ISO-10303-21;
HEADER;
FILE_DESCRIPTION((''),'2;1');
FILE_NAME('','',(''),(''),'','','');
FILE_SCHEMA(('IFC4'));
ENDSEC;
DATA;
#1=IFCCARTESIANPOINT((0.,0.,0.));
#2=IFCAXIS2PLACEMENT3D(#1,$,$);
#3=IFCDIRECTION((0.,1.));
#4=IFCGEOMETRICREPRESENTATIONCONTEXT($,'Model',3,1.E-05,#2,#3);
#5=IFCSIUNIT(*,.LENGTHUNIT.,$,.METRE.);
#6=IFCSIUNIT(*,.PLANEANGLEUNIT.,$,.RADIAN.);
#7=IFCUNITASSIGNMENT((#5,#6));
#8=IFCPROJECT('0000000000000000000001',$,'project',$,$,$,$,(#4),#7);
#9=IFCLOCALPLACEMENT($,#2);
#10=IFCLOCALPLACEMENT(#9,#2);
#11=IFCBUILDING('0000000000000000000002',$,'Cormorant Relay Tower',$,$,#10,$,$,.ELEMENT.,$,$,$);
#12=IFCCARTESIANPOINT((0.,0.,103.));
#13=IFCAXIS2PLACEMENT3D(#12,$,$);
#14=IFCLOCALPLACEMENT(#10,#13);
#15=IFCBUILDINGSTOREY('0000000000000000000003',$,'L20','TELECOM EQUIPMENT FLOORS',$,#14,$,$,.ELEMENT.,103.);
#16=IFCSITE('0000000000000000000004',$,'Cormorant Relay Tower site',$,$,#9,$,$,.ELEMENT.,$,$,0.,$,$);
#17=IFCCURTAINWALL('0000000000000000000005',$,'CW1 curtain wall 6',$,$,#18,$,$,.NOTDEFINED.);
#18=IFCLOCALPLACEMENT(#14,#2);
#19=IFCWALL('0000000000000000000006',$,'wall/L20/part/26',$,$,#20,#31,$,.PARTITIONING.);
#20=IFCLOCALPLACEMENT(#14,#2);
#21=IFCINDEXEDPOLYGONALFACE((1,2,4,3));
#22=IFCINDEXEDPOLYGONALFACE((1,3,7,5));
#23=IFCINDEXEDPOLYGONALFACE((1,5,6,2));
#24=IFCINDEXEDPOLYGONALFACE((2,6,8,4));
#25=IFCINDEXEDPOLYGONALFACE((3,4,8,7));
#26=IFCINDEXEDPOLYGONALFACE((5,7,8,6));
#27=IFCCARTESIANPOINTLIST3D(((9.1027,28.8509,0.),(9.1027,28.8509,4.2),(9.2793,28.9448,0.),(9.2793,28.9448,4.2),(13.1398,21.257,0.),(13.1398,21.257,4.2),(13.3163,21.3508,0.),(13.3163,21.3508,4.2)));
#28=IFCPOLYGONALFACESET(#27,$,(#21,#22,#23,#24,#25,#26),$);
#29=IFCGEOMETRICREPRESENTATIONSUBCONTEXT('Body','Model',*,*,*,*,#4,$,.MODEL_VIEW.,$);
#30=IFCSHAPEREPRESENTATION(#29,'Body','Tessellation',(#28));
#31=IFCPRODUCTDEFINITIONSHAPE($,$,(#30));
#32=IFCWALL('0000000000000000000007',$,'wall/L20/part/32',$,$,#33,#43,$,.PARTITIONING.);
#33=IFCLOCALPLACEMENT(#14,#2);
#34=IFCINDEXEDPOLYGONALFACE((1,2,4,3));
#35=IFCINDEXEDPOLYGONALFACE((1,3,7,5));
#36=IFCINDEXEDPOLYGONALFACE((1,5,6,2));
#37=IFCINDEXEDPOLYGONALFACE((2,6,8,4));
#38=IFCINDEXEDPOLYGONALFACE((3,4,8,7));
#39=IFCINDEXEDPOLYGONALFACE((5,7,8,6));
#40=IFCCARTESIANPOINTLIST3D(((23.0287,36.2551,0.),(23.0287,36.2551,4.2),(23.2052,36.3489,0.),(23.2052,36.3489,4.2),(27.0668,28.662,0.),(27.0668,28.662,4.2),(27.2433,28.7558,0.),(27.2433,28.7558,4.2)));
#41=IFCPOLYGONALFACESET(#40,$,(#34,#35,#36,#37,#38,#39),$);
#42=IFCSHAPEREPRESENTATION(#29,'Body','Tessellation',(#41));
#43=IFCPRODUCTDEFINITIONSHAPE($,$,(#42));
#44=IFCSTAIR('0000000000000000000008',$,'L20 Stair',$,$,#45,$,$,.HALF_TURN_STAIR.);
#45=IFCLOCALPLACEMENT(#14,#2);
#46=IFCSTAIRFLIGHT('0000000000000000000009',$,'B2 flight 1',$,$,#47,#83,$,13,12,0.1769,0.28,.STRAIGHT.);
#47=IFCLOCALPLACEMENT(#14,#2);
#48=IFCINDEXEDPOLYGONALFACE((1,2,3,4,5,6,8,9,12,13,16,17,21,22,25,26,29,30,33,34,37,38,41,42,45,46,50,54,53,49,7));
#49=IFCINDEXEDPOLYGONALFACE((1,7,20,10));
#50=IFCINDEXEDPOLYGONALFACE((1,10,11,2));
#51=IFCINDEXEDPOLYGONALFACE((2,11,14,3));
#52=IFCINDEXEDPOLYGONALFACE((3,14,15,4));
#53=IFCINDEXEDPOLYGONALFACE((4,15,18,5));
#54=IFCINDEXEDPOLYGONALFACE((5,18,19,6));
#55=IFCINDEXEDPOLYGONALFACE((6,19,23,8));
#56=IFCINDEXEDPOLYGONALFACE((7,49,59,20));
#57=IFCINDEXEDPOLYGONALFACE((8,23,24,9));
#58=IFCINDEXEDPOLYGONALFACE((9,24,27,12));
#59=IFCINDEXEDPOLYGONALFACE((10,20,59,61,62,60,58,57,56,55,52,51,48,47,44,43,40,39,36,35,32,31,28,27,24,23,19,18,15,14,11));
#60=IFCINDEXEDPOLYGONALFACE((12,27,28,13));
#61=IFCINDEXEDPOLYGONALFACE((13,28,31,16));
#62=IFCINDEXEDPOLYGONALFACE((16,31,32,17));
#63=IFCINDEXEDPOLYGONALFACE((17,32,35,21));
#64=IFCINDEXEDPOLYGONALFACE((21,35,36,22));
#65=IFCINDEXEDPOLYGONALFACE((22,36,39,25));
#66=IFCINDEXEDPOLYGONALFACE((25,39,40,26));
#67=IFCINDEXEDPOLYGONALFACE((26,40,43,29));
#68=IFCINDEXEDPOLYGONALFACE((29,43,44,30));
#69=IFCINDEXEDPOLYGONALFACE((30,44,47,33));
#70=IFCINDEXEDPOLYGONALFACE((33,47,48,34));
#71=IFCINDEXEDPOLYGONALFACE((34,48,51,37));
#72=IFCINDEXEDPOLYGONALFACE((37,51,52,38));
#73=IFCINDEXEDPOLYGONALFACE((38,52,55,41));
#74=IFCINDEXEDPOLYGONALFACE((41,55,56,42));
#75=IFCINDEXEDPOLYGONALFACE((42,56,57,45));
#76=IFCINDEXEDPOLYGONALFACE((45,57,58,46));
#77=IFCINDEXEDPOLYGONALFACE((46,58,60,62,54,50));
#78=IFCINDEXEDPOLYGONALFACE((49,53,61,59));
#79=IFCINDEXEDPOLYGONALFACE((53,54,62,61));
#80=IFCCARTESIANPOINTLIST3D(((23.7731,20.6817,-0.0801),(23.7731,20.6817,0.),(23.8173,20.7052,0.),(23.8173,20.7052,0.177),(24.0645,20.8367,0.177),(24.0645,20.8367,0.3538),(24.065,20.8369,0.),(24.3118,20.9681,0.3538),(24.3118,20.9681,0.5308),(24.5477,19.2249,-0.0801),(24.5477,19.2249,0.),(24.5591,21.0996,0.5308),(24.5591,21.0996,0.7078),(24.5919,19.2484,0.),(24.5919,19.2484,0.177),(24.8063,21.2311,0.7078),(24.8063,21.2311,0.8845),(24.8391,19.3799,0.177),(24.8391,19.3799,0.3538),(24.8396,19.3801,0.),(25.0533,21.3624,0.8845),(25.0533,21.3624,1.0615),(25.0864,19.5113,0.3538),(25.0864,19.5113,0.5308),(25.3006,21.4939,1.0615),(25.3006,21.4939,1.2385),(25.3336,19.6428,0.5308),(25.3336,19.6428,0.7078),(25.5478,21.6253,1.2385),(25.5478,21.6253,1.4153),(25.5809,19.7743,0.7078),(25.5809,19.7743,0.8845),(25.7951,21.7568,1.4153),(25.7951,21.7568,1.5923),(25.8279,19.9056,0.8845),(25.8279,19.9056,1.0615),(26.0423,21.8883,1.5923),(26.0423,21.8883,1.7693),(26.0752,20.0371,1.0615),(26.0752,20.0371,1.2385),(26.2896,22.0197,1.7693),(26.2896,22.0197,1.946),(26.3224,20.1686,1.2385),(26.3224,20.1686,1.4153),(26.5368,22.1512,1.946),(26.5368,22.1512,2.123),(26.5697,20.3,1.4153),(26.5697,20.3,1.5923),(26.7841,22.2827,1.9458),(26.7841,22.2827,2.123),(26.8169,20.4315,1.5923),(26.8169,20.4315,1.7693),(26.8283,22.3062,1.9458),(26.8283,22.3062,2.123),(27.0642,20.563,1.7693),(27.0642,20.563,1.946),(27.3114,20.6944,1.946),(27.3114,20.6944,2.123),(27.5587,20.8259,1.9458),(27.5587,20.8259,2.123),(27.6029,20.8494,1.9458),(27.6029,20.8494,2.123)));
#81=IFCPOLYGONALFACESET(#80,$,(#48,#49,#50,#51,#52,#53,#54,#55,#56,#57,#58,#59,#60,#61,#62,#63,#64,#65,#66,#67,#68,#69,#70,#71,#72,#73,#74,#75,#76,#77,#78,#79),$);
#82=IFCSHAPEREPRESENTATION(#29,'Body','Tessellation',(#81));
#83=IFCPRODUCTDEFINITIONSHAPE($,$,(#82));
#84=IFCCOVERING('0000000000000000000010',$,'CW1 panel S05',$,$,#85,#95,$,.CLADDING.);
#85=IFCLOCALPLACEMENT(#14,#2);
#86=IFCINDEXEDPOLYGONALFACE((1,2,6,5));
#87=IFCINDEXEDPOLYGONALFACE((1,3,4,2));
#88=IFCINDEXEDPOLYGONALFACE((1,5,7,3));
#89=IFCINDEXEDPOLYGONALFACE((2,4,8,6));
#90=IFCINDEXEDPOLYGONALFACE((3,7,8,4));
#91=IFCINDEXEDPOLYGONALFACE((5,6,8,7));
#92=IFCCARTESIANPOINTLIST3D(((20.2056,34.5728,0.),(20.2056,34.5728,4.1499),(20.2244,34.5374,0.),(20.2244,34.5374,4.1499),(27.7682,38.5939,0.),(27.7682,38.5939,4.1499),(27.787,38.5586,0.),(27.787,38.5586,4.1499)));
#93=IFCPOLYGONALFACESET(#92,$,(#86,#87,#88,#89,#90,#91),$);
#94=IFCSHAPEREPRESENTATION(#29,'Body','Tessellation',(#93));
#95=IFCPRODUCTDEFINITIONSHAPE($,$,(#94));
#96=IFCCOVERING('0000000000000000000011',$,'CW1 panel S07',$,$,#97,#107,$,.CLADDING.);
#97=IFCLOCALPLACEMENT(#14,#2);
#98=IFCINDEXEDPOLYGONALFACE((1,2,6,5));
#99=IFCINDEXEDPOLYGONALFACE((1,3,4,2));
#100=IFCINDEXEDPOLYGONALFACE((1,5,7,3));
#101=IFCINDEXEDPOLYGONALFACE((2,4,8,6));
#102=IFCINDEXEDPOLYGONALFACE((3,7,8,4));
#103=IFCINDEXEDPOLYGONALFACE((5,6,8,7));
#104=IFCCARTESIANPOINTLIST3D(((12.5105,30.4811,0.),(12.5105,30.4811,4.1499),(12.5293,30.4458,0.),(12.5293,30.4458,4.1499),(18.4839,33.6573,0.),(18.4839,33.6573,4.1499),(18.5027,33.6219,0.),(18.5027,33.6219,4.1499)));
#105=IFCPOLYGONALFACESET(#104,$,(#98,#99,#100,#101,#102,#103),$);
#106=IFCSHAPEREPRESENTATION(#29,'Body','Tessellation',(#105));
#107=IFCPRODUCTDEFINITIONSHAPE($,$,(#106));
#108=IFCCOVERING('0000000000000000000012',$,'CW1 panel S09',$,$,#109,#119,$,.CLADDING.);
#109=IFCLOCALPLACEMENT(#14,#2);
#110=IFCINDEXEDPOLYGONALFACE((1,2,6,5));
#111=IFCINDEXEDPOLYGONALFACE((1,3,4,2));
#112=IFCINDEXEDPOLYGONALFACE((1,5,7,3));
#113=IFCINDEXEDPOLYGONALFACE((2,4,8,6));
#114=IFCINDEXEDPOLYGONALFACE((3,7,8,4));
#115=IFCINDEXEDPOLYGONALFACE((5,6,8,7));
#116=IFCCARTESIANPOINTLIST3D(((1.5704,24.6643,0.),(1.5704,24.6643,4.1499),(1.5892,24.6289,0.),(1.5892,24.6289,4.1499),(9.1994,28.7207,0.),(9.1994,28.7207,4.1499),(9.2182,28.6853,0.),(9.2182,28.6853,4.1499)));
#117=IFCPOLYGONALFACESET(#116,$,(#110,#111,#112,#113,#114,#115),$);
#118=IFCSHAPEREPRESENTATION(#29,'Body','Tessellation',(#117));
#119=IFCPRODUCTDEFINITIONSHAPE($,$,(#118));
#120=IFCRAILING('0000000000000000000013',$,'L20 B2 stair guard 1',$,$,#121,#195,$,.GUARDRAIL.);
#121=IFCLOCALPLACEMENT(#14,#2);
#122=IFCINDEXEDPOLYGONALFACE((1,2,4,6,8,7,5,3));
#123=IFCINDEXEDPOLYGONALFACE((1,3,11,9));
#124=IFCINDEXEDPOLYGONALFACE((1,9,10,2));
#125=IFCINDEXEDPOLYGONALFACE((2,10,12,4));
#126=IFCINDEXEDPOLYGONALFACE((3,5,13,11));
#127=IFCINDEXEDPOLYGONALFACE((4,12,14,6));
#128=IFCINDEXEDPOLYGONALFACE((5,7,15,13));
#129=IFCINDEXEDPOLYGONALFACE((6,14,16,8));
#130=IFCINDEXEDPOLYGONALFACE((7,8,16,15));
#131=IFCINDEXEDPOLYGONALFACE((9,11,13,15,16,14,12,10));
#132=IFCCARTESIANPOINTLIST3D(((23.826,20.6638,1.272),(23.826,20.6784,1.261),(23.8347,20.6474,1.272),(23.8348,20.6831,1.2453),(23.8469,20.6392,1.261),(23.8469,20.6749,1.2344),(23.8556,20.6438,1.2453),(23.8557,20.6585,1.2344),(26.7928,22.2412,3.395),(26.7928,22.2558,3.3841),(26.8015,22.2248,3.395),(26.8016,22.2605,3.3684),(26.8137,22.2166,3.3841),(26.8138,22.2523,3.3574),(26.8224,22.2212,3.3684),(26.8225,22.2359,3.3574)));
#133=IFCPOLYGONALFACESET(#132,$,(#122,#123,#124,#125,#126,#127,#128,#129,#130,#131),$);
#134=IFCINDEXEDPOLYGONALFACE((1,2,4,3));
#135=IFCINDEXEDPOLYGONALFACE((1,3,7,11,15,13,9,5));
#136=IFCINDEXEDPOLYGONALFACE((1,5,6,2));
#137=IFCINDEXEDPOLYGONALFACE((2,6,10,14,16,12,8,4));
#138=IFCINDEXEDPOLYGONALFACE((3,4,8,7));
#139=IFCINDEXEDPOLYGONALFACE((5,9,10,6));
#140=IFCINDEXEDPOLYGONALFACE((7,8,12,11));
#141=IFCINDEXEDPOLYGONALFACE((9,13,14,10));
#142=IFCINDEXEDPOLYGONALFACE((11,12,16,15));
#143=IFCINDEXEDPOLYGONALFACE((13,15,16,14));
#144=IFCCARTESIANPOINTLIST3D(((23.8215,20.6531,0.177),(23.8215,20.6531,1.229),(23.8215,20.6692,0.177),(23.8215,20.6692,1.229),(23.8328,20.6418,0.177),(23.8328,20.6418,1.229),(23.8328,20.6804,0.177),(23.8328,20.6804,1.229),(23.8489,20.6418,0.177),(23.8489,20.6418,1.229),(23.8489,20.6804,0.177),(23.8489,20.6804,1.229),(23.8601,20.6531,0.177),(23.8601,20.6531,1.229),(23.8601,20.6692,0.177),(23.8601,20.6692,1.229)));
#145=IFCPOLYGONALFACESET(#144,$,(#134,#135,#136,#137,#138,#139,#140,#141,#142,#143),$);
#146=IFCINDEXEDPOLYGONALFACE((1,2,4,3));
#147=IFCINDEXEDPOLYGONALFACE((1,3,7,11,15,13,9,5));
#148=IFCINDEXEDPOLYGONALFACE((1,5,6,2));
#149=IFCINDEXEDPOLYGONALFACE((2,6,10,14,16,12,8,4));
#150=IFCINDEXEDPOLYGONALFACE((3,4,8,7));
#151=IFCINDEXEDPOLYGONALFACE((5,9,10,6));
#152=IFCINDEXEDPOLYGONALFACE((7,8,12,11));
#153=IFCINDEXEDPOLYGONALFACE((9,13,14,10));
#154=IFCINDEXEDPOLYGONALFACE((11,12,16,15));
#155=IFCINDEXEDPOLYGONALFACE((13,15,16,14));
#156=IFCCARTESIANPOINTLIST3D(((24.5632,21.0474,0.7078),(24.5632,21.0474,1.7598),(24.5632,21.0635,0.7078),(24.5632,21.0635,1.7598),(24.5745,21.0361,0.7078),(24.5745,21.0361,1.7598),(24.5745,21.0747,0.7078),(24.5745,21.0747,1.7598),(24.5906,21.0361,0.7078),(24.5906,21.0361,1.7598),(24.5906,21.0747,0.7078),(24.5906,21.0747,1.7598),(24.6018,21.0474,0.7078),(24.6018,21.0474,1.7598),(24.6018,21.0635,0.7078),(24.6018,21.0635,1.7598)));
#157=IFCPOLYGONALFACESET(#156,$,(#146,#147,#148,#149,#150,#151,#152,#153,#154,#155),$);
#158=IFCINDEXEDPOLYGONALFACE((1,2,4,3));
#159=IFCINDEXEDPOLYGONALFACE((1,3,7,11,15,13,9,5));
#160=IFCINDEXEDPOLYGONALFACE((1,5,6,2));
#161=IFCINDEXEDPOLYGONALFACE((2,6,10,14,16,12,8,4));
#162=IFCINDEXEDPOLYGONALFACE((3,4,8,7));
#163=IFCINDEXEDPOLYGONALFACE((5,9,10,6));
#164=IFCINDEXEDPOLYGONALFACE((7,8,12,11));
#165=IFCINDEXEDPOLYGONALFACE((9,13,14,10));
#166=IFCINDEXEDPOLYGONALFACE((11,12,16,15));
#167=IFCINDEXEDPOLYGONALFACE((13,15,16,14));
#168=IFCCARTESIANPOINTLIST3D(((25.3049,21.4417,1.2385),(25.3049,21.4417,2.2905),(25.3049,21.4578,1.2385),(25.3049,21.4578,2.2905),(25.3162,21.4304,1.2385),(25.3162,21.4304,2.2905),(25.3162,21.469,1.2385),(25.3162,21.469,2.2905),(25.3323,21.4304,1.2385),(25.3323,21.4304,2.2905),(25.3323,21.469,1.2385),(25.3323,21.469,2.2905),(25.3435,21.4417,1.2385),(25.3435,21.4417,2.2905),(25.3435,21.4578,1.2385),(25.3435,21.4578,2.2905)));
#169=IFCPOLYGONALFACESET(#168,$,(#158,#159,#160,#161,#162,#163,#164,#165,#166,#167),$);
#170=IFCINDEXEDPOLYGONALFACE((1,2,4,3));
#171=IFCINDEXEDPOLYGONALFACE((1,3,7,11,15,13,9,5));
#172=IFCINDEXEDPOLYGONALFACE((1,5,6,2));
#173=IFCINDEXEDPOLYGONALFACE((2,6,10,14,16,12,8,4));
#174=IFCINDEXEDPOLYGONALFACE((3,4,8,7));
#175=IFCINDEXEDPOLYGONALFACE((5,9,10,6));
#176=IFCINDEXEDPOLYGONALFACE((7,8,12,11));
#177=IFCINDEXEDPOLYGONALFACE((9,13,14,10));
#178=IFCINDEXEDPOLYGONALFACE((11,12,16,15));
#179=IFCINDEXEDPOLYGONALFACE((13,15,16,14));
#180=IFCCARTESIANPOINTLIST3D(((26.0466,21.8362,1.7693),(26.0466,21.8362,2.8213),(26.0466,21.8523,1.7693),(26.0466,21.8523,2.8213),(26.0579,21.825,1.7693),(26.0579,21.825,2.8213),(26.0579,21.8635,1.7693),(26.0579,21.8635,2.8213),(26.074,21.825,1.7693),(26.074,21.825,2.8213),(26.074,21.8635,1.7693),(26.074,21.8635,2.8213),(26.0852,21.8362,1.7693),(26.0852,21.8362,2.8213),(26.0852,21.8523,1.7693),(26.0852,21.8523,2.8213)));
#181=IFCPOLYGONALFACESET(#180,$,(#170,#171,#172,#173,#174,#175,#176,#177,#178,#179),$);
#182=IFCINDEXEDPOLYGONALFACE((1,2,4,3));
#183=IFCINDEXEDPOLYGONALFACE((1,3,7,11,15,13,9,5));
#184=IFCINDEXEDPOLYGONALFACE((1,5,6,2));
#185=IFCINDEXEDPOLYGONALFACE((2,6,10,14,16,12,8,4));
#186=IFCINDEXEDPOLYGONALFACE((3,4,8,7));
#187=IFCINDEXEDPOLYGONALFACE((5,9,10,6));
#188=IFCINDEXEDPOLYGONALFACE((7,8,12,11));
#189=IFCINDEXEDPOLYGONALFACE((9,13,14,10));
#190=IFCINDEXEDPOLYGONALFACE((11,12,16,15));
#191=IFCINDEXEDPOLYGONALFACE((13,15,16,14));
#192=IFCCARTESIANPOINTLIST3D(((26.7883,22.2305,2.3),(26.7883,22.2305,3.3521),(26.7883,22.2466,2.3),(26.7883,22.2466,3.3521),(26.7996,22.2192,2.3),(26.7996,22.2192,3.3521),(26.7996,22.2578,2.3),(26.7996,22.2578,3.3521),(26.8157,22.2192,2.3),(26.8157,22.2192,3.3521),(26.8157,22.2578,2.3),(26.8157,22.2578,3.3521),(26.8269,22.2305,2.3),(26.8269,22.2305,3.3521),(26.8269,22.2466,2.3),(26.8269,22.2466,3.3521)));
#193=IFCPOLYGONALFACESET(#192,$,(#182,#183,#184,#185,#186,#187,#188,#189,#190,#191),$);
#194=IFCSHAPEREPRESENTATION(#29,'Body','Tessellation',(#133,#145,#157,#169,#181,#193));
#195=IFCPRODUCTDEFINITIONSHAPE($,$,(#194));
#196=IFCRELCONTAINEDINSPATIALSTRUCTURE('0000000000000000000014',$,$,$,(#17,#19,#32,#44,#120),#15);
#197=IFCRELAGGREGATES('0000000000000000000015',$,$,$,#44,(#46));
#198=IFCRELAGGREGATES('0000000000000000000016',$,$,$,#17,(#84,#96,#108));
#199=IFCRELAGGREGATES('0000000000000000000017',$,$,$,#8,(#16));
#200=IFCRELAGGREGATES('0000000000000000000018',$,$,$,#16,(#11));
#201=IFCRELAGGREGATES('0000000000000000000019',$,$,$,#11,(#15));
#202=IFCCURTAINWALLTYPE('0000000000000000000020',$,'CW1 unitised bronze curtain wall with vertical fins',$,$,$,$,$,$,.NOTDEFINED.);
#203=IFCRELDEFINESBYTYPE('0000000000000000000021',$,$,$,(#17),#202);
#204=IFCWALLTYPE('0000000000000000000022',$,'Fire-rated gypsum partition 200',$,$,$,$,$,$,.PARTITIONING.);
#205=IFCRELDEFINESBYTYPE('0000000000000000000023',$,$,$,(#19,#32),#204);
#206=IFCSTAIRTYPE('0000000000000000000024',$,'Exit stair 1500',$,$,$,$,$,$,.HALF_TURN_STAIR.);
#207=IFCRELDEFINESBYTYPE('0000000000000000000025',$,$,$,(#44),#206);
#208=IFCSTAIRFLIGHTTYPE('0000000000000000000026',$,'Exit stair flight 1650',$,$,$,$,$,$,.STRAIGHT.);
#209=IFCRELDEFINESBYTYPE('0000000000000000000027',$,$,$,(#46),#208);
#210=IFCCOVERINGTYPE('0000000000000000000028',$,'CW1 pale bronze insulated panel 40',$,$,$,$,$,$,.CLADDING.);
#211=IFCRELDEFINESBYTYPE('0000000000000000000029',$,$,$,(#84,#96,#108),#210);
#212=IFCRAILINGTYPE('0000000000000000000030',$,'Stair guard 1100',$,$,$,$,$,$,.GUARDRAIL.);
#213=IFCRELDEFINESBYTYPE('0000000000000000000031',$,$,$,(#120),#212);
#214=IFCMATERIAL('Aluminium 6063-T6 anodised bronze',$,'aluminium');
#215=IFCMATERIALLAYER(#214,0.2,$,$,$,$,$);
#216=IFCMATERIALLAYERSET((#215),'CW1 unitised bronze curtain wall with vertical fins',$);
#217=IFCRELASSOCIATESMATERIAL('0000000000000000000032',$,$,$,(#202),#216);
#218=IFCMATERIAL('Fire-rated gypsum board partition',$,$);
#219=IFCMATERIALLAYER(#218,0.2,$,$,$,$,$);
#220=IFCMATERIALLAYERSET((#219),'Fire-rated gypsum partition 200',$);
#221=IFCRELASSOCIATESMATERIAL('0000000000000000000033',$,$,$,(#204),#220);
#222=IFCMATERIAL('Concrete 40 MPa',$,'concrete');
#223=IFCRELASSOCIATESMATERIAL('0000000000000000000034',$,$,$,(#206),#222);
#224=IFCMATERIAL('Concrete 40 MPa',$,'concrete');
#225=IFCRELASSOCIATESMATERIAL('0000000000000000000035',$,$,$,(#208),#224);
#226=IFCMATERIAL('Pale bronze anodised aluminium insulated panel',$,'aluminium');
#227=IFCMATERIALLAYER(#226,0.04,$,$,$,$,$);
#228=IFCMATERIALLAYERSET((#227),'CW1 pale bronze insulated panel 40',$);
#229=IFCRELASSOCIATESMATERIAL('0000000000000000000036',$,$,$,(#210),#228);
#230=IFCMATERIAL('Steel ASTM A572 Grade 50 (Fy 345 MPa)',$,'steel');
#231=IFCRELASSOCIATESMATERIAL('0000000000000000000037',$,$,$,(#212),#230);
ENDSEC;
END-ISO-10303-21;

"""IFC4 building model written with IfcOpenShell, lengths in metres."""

from ifc_helpers import new_model, si_unit, direction, frame, frame_2d, origin, origin_2d, place, context, subcontext, project, spatial, polyline, rectangle, outline, extrude, material, layer, layer_set, type_object, element, aggregate, save


model = new_model("IFC4")

# Units and contexts
model_context = context("Model", 3, precision=1e-05, world=origin(), true_north=direction((0.0, 1.0)))
body_context = subcontext(model_context, "Body", "Model", "MODEL_VIEW")
ifc_project = project(units=[si_unit("LENGTHUNIT", "METRE"), si_unit("PLANEANGLEUNIT", "RADIAN")], contexts=[model_context])

# Site, building, storey
site_placement = place(None, origin())
site = spatial("IfcSite", under=ifc_project, at=site_placement, Name="Cormorant Relay Tower site", CompositionType="ELEMENT", RefElevation=0.0)
building_placement = place(site_placement, origin())
building = spatial("IfcBuilding", under=site, at=building_placement, Name="Cormorant Relay Tower", CompositionType="ELEMENT")
storey_placement = place(building_placement, frame((0.0, 0.0, 103.0)))
storey = spatial("IfcBuildingStorey", under=building, at=storey_placement, Name="L20", Description="TELECOM EQUIPMENT FLOORS", CompositionType="ELEMENT", Elevation=103.0)

# Curtain wall
ifc_material_1 = material(Name="Aluminium 6063-T6 anodised bronze", Category="aluminium")
ifc_layer_1 = layer(ifc_material_1, 0.2)
ifc_layer_set_1 = layer_set([ifc_layer_1], Name="CW1 unitised bronze curtain wall with vertical fins")
curtain_wall_type = type_object("IfcCurtainWallType", Name="CW1 unitised bronze curtain wall with vertical fins", PredefinedType="NOTDEFINED", material=ifc_layer_set_1)
curtain_wall_1_placement = place(storey_placement, origin())
curtain_wall_1 = element("IfcCurtainWall", 1, at=curtain_wall_1_placement, inside=storey, type_object=curtain_wall_type, Name="CW1 curtain wall 6", PredefinedType="NOTDEFINED")

# Walls
ifc_material_2 = material(Name="Fire-rated gypsum board partition")
ifc_layer_2 = layer(ifc_material_2, 0.2)
ifc_layer_set_2 = layer_set([ifc_layer_2], Name="Fire-rated gypsum partition 200")
wall_type_1 = type_object("IfcWallType", Name="Fire-rated gypsum partition 200", PredefinedType="PARTITIONING", material=ifc_layer_set_2)
wall_1_placement = place(storey_placement, frame((9.1909, 28.8979, 0.0), z_axis=(0.0, 0.0, 1.0), x_axis=(0.469409, -0.882981, 0.0)))
element("IfcWall", 2, at=wall_1_placement, inside=storey, type_object=wall_type_1, Name="wall/L20/part/26", PredefinedType="PARTITIONING", context=body_context, shape_type="SweptSolid", body=[
    extrude(rectangle(XDim=8.6003, YDim=0.2, at=frame_2d((4.3003, 0.0))), origin(), (0.0, 0.0, 1.0), 4.2),
])
wall_2_placement = place(storey_placement, frame((23.1169, 36.302, 0.0), z_axis=(0.0, 0.0, 1.0), x_axis=(0.469545, -0.882909, 0.0)))
element("IfcWall", 3, at=wall_2_placement, inside=storey, type_object=wall_type_1, Name="wall/L20/part/32", PredefinedType="PARTITIONING", context=body_context, shape_type="SweptSolid", body=[
    extrude(rectangle(XDim=8.6001, YDim=0.2, at=frame_2d((4.3, 0.0))), origin(), (0.0, 0.0, 1.0), 4.2),
])

# Stair, stair flight
ifc_material_3 = material(Name="Concrete 40 MPa", Category="concrete")
stair_type = type_object("IfcStairType", Name="Exit stair 1500", PredefinedType="HALF_TURN_STAIR", material=ifc_material_3)
stair_placement = place(storey_placement, origin())
stair = element("IfcStair", 4, at=stair_placement, inside=storey, type_object=stair_type, Name="L20 Stair", PredefinedType="HALF_TURN_STAIR")
ifc_material_4 = material(Name="Concrete 40 MPa", Category="concrete")
stair_flight_type = type_object("IfcStairFlightType", Name="Exit stair flight 1650", PredefinedType="STRAIGHT", material=ifc_material_4)
stair_flight_placement = place(storey_placement, frame((24.2046, 19.9768, 0.0), z_axis=(0.0, 0.0, 1.0), x_axis=(0.882948, 0.469472, 0.0)))
stair_flight = element("IfcStairFlight", 5, at=stair_flight_placement, type_object=stair_flight_type, Name="B2 flight 1", NumberOfRisers=13, NumberOfTreads=12, PredefinedType="STRAIGHT", RiserHeight=0.1769, TreadLength=0.28, context=body_context, shape_type="SweptSolid", body=[
    extrude(outline(polyline([(-0.05, -0.0801), (-0.05, 0.0), (0.0, 0.0), (0.0, 0.177), (0.28, 0.177), (0.28, 0.3538), (0.5601, 0.3538), (0.5601, 0.5308), (0.8401, 0.5308), (0.8401, 0.7078), (1.1201, 0.7078), (1.1201, 0.8845), (1.3999, 0.8845), (1.3999, 1.0615), (1.6799, 1.0615), (1.6799, 1.2385), (1.96, 1.2385), (1.96, 1.4153), (2.24, 1.4153), (2.24, 1.5923), (2.52, 1.5923), (2.52, 1.7693), (2.8, 1.7693), (2.8, 1.946), (3.0801, 1.946), (3.0801, 2.123), (3.3601, 2.123), (3.4102, 2.123), (3.4102, 1.9458), (3.3601, 1.9458), (0.2805, 0.0), (-0.05, -0.0801)])), frame((0.0, 0.825, 0.0), z_axis=(0.0, -1.0, 0.0), x_axis=(1.0, 0.0, 0.0)), (0.0, 0.0, 1.0), 1.6499),
])
aggregate(stair, [stair_flight])

# Coverings
ifc_material_5 = material(Name="Pale bronze anodised aluminium insulated panel", Category="aluminium")
ifc_layer_3 = layer(ifc_material_5, 0.04)
ifc_layer_set_3 = layer_set([ifc_layer_3], Name="CW1 pale bronze insulated panel 40")
covering_type = type_object("IfcCoveringType", Name="CW1 pale bronze insulated panel 40", PredefinedType="CLADDING", material=ifc_layer_set_3)
covering_1_placement = place(storey_placement, frame((23.9963, 36.5657, 0.0), z_axis=(0.0, 0.0, 1.0), x_axis=(-0.882948, -0.469472, 0.0)))
covering_1 = element("IfcCovering", 6, at=covering_1_placement, type_object=covering_type, Name="CW1 panel S05", PredefinedType="CLADDING", context=body_context, shape_type="SweptSolid", body=[
    extrude(rectangle(XDim=8.5652, YDim=0.04, at=origin_2d()), origin(), (0.0, 0.0, 1.0), 4.1499),
])
covering_2_placement = place(storey_placement, frame((15.5066, 32.0515, 0.0), z_axis=(0.0, 0.0, 1.0), x_axis=(-0.882948, -0.469472, 0.0)))
covering_2 = element("IfcCovering", 7, at=covering_2_placement, type_object=covering_type, Name="CW1 panel S07", PredefinedType="CLADDING", context=body_context, shape_type="SweptSolid", body=[
    extrude(rectangle(XDim=6.7654, YDim=0.04, at=origin_2d()), origin(), (0.0, 0.0, 1.0), 4.1499),
])
covering_3_placement = place(storey_placement, frame((5.3943, 26.6748, 0.0), z_axis=(0.0, 0.0, 1.0), x_axis=(-0.882948, -0.469472, 0.0)))
covering_3 = element("IfcCovering", 8, at=covering_3_placement, type_object=covering_type, Name="CW1 panel S09", PredefinedType="CLADDING", context=body_context, shape_type="SweptSolid", body=[
    extrude(rectangle(XDim=8.6404, YDim=0.04, at=origin_2d()), origin(), (0.0, 0.0, 1.0), 4.1499),
])
aggregate(curtain_wall_1, [covering_1, covering_2, covering_3])

# Railing
ifc_material_6 = material(Name="Steel ASTM A572 Grade 50 (Fy 345 MPa)", Category="steel")
railing_type_1 = type_object("IfcRailingType", Name="Stair guard 1100", PredefinedType="GUARDRAIL", material=ifc_material_6)
railing_1_placement = place(storey_placement, frame((23.8408, 20.6611, 0.177)))
element("IfcRailing", 9, at=railing_1_placement, inside=storey, type_object=railing_type_1, Name="L20 B2 stair guard 1", PredefinedType="GUARDRAIL", context=body_context, shape_type="SweptSolid", body=[
    extrude(outline(polyline([(0.0222, 0.0093), (0.0093, 0.0222), (-0.0093, 0.0222), (-0.0222, 0.0093), (-0.0222, -0.0093), (-0.0093, -0.0222), (0.0093, -0.0222), (0.0222, -0.0093), (0.0222, 0.0093)])), frame((0.0, 0.0, 1.0762), z_axis=(0.746441, 0.396869, 0.534155), x_axis=(-0.469453, 0.882958, 0.0)), (0.0, 0.0, 1.0), 3.9746),
    extrude(outline(polyline([(0.0193, 0.0081), (0.0081, 0.0193), (-0.0081, 0.0193), (-0.0193, 0.0081), (-0.0193, -0.0081), (-0.0081, -0.0193), (0.0081, -0.0193), (0.0193, -0.0081), (0.0193, 0.0081)])), origin(), (0.0, 0.0, 1.0), 1.052),
    extrude(outline(polyline([(0.0193, 0.0081), (0.0081, 0.0193), (-0.0081, 0.0193), (-0.0193, 0.0081), (-0.0193, -0.0081), (-0.0081, -0.0193), (0.0081, -0.0193), (0.0193, -0.0081), (0.0193, 0.0081)])), frame((0.7417, 0.3943, 0.5308)), (0.0, 0.0, 1.0), 1.052),
    extrude(outline(polyline([(0.0193, 0.0081), (0.0081, 0.0193), (-0.0081, 0.0193), (-0.0193, 0.0081), (-0.0193, -0.0081), (-0.0081, -0.0193), (0.0081, -0.0193), (0.0193, -0.0081), (0.0193, 0.0081)])), frame((1.4834, 0.7886, 1.0615)), (0.0, 0.0, 1.0), 1.052),
    extrude(outline(polyline([(0.0193, 0.0081), (0.0081, 0.0193), (-0.0081, 0.0193), (-0.0193, 0.0081), (-0.0193, -0.0081), (-0.0081, -0.0193), (0.0081, -0.0193), (0.0193, -0.0081), (0.0193, 0.0081)])), frame((2.2251, 1.1831, 1.5923)), (0.0, 0.0, 1.0), 1.052),
    extrude(outline(polyline([(0.0193, 0.0081), (0.0081, 0.0193), (-0.0081, 0.0193), (-0.0193, 0.0081), (-0.0193, -0.0081), (-0.0081, -0.0193), (0.0081, -0.0193), (0.0193, -0.0081), (0.0193, 0.0081)])), frame((2.9668, 1.5774, 2.123)), (0.0, 0.0, 1.0), 1.052),
])

save(model, "model.ifc")
